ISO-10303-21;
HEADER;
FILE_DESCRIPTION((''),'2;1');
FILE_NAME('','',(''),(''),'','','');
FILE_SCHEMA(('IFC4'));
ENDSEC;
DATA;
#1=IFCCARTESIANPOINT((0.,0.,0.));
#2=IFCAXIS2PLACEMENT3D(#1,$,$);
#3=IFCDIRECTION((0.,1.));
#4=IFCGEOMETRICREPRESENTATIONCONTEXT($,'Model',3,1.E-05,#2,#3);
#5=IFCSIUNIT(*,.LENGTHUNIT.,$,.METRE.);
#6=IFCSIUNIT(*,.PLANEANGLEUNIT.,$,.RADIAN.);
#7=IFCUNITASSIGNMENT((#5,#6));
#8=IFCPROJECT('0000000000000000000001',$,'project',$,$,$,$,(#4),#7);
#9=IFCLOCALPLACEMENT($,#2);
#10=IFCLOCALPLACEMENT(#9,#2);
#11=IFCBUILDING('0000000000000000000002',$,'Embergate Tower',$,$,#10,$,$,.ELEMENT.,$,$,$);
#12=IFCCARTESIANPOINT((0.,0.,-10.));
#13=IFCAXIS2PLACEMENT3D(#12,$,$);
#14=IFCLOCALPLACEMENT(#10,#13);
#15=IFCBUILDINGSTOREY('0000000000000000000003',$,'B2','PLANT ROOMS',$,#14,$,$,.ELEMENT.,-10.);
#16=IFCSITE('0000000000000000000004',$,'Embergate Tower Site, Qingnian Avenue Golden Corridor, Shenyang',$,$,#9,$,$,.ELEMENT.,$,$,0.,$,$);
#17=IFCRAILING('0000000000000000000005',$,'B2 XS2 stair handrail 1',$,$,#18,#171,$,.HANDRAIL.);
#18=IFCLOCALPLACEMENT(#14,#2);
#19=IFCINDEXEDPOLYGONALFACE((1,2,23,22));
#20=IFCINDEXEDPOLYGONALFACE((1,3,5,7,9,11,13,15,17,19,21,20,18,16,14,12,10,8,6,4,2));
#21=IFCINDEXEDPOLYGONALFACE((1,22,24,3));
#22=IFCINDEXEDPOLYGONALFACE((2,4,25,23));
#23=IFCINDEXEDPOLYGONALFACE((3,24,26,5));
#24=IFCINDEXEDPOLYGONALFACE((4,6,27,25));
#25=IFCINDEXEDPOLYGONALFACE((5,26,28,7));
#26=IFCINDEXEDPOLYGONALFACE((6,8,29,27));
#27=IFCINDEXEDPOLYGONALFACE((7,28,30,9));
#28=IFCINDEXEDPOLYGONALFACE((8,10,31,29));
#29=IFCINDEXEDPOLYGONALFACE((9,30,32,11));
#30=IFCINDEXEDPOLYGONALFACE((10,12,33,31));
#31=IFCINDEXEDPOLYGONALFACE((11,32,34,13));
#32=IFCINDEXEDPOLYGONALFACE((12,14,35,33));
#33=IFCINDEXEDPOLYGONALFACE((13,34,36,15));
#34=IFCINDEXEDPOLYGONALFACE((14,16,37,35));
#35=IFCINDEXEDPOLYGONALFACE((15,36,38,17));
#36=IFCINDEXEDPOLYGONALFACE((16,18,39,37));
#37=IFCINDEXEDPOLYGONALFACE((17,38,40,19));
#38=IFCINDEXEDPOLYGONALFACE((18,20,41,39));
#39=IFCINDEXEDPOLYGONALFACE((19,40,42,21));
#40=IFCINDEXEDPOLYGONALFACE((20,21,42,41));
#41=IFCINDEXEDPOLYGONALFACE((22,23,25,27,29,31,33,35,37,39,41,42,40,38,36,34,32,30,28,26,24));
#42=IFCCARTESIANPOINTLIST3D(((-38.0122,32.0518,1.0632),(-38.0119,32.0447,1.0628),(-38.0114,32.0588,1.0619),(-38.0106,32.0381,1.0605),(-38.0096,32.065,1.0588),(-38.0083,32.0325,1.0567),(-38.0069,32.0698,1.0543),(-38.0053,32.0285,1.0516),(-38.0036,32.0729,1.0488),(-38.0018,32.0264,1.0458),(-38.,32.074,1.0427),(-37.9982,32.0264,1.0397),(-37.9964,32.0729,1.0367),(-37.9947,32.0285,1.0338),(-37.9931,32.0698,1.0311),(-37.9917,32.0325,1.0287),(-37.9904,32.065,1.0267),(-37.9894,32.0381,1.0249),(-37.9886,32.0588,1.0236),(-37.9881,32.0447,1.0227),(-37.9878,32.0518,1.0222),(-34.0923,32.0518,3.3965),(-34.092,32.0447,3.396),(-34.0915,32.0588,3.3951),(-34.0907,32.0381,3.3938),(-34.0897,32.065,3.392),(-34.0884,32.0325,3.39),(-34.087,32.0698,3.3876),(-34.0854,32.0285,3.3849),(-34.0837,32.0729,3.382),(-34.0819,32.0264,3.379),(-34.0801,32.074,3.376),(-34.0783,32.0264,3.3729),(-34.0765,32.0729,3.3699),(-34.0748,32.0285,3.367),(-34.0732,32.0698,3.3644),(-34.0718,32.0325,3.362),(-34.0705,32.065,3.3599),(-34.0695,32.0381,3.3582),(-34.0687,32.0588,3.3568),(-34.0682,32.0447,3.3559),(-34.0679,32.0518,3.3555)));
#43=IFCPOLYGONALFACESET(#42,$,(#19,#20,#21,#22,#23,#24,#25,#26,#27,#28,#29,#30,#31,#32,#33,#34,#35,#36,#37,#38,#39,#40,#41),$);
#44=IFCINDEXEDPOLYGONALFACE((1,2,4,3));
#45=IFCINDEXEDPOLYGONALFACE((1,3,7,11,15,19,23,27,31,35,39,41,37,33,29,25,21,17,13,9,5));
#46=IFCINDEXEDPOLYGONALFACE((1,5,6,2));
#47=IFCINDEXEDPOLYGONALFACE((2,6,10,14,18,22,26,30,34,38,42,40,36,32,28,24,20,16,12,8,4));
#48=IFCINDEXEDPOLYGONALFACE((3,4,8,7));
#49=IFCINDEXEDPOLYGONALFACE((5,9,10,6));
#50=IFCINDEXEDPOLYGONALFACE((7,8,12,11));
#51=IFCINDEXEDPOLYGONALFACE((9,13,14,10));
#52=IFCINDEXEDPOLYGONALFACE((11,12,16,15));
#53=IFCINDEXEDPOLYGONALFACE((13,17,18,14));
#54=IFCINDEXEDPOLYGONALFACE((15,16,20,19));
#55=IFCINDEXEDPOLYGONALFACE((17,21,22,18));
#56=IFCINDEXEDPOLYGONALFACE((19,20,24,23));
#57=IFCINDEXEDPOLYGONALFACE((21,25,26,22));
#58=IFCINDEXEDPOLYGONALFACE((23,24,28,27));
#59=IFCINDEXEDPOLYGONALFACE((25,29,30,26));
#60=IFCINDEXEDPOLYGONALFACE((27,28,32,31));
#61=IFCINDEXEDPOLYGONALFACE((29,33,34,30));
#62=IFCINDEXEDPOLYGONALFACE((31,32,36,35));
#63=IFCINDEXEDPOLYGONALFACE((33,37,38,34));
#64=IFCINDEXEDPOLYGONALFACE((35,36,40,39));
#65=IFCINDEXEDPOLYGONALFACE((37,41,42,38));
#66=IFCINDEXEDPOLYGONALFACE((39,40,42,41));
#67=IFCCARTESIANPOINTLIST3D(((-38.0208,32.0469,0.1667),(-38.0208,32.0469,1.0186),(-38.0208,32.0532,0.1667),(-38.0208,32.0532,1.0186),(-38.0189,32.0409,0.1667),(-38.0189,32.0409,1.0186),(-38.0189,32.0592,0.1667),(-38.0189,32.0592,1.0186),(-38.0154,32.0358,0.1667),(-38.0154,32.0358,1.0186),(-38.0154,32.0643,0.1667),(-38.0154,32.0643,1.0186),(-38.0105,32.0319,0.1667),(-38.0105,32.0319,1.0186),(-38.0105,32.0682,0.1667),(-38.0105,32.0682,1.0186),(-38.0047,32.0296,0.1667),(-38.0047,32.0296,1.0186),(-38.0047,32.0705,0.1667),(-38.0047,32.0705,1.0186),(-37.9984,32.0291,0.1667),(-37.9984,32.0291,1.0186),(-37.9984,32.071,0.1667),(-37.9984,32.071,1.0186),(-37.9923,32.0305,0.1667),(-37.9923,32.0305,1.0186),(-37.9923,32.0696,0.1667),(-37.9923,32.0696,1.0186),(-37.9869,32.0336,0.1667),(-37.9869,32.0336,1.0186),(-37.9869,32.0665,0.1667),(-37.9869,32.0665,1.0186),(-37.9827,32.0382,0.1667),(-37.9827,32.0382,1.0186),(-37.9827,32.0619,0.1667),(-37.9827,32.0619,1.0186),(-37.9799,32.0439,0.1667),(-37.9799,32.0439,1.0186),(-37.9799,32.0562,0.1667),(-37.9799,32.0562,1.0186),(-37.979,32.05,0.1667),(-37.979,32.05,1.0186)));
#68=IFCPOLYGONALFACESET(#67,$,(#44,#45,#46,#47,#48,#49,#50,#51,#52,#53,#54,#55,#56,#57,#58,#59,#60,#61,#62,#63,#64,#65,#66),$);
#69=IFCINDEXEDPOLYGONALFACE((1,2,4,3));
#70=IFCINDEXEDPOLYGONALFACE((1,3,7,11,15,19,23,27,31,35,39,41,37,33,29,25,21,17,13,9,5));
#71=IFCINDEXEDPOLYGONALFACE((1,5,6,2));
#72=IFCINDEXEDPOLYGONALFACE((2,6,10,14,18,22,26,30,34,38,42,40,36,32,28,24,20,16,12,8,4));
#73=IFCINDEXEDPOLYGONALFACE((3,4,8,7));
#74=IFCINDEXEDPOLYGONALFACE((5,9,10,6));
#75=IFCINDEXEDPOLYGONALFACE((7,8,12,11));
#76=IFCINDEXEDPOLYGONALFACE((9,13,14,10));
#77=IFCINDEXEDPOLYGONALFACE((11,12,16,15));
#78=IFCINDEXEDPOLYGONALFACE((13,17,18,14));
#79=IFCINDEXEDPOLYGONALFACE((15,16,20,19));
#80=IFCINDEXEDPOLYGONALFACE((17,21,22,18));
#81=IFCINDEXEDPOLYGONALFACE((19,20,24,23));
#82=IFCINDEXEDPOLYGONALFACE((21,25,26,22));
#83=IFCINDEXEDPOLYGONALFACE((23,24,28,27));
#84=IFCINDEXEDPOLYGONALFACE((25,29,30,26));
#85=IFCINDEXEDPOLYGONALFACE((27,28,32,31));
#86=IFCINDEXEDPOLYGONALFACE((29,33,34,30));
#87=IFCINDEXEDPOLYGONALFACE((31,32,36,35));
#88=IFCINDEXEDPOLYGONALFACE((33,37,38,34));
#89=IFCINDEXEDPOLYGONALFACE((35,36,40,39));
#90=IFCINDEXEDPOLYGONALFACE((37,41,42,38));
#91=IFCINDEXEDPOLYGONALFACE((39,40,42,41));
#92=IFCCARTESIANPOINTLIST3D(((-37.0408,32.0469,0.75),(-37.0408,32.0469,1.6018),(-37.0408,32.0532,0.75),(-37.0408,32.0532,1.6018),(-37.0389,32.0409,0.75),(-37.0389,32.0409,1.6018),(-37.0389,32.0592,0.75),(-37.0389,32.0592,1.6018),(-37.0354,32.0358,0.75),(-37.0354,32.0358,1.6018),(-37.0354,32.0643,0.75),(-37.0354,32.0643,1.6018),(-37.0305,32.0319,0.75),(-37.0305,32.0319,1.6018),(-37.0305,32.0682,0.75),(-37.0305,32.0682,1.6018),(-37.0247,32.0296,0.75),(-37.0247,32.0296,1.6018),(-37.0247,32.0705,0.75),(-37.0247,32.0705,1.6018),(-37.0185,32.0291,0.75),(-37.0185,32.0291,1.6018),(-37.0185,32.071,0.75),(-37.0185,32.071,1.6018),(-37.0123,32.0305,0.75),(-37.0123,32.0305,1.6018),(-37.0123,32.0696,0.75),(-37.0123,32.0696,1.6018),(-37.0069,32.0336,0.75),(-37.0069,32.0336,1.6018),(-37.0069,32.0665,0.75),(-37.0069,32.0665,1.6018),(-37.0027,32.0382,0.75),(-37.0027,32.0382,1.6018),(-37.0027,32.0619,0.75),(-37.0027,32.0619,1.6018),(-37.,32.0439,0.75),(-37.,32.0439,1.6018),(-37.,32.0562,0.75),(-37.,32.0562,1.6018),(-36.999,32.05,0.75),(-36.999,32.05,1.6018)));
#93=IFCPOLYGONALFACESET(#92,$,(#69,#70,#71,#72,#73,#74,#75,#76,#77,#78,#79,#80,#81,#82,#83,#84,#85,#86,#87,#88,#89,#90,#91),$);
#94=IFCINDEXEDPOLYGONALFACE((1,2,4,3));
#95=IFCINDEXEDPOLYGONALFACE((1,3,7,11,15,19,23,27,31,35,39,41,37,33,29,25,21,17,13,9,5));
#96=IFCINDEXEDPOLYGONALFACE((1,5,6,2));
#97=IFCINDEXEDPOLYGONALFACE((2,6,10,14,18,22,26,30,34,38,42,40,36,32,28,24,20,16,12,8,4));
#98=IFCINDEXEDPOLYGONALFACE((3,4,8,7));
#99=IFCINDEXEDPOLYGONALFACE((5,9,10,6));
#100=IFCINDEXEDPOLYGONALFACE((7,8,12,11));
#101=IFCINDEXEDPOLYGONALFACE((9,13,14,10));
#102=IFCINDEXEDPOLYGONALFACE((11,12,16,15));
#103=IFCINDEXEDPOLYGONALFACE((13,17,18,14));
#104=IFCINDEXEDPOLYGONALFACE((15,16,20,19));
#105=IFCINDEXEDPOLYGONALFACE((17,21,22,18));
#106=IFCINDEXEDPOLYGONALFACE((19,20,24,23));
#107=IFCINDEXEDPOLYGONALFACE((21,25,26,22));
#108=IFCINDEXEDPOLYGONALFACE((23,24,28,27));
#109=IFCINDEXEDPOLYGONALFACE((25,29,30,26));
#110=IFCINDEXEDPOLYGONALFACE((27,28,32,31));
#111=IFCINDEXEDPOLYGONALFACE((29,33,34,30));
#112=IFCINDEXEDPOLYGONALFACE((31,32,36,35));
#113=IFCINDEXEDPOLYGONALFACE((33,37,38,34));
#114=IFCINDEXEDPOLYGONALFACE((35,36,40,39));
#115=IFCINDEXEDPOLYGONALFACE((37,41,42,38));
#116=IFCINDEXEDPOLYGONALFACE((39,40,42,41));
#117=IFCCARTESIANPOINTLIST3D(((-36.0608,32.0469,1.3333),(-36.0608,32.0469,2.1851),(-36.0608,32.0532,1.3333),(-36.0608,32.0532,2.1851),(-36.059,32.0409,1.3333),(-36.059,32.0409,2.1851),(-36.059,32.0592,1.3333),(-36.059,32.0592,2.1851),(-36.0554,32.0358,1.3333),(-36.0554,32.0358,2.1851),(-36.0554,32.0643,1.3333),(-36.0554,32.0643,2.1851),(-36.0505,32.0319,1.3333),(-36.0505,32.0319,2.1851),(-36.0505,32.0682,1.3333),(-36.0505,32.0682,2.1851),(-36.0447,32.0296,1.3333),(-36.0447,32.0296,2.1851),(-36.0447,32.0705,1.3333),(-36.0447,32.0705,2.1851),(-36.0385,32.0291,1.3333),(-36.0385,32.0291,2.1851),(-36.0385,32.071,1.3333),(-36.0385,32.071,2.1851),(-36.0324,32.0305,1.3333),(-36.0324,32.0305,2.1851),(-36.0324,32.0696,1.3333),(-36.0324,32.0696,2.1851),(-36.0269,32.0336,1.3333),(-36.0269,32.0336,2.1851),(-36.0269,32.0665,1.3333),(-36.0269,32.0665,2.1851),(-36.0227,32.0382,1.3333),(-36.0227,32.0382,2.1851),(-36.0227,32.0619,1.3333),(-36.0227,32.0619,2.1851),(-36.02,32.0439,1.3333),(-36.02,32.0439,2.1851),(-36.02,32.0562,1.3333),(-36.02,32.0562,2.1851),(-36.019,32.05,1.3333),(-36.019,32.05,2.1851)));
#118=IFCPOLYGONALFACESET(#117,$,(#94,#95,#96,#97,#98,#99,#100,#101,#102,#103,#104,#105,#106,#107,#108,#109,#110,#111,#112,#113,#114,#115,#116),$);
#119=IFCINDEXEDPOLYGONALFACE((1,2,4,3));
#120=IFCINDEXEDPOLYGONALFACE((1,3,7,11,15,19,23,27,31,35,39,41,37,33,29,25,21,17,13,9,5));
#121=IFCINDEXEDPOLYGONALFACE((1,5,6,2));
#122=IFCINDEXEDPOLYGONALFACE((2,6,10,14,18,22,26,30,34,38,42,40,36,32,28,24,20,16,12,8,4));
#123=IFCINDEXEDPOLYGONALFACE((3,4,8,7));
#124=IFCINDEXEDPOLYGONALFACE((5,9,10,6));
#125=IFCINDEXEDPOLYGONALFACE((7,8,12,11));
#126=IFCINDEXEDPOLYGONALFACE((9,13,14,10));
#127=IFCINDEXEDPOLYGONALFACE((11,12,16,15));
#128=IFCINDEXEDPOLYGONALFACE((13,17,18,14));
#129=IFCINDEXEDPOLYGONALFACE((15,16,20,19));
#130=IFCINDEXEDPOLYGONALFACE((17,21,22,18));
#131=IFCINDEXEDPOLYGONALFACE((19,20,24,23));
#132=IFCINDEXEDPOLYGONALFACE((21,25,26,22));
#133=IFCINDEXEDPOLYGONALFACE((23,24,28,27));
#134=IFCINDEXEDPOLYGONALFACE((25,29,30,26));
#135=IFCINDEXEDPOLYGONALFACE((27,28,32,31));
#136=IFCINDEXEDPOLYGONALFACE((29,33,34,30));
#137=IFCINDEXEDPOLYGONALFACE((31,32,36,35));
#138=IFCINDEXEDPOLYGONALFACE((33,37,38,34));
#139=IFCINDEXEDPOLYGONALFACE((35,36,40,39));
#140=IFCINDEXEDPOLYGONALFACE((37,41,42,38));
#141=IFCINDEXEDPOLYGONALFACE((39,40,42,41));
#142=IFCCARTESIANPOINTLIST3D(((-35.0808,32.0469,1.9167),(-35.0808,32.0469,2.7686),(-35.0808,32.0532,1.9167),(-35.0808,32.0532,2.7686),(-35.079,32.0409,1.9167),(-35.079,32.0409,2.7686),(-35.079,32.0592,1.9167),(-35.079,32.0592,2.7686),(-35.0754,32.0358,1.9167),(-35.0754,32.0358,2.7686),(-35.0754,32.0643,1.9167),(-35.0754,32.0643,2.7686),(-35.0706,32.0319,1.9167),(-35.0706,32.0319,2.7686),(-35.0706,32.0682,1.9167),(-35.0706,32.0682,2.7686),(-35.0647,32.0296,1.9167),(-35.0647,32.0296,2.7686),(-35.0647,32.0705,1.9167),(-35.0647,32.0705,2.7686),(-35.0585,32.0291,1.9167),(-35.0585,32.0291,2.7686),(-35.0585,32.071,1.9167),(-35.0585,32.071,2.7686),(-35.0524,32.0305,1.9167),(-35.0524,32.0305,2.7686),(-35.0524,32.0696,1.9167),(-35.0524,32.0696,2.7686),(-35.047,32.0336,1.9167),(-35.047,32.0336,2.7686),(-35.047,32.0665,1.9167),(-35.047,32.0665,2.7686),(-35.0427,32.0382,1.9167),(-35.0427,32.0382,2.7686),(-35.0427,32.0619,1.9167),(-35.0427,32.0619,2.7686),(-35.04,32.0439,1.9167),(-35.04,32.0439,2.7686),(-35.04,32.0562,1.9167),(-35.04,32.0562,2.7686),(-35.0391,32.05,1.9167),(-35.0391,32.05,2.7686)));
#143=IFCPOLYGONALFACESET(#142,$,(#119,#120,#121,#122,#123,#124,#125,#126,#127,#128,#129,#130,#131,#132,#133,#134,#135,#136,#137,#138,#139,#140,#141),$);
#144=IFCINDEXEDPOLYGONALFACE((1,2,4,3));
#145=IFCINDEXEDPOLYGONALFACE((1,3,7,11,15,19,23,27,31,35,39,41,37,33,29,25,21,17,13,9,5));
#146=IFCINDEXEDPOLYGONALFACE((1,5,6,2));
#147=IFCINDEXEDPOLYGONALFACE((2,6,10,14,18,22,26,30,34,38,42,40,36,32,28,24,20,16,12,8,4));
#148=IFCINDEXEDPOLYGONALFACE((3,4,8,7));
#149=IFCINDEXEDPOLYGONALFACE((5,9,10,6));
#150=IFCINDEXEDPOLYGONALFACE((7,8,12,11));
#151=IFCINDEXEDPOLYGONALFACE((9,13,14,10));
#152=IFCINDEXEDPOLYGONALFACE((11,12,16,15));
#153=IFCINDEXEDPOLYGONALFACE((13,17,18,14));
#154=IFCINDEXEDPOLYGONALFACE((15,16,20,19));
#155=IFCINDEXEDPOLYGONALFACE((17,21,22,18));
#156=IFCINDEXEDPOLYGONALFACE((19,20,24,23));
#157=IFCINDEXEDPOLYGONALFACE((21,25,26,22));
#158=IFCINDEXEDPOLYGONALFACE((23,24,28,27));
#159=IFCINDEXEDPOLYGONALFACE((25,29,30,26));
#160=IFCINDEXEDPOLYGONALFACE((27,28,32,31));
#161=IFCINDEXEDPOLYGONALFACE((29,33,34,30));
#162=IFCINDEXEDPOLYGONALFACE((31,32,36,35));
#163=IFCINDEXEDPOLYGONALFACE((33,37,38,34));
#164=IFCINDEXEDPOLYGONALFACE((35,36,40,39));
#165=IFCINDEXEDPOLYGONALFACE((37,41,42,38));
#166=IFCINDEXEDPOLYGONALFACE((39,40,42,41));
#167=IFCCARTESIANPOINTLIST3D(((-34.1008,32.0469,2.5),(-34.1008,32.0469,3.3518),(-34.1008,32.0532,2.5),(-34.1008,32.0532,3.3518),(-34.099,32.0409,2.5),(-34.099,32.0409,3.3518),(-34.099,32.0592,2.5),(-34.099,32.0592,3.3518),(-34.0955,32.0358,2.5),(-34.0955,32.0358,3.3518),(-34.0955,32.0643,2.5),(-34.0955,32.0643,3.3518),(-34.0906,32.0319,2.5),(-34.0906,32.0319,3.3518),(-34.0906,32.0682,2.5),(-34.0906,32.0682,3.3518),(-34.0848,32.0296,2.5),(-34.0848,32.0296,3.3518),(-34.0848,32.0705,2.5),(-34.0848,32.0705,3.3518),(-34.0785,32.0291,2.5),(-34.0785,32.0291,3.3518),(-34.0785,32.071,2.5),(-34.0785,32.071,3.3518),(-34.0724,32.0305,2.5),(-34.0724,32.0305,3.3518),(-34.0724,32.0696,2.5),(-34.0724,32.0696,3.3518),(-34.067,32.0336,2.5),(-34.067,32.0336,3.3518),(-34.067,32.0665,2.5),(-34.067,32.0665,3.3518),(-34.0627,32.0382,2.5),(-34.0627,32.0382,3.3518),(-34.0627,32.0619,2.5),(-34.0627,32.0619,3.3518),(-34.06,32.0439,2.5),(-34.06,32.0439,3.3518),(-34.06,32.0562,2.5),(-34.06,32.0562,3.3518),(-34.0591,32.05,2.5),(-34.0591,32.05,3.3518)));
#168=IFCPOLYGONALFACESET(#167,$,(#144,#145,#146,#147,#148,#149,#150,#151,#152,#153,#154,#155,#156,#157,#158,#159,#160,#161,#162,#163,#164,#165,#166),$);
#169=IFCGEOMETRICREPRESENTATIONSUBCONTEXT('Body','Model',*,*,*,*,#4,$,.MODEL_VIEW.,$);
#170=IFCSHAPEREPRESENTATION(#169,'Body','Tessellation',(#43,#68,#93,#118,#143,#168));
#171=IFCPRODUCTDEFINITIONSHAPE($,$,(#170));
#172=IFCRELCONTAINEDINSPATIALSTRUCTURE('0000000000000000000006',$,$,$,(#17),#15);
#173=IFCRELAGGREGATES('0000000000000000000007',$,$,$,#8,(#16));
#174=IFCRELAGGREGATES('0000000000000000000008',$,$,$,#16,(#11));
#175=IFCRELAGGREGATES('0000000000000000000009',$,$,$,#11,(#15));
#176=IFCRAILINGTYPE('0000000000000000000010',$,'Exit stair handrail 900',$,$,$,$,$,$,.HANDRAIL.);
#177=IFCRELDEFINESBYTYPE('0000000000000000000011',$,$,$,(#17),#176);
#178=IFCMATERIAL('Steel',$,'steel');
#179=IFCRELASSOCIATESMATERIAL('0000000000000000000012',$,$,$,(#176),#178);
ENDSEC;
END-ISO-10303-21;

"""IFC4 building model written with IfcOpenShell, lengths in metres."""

from ifc_helpers import new_model, si_unit, direction, frame, origin, origin_2d, place, context, subcontext, project, spatial, circle, extrude, source, transform, mapped, material, type_object, element, save


model = new_model("IFC4")

# Units and contexts
model_context = context("Model", 3, precision=1e-05, world=origin(), true_north=direction((0.0, 1.0)))
body_context = subcontext(model_context, "Body", "Model", "MODEL_VIEW")
ifc_project = project(units=[si_unit("LENGTHUNIT", "METRE"), si_unit("PLANEANGLEUNIT", "RADIAN")], contexts=[model_context])

# Site, building, storey
site_placement = place(None, origin())
site = spatial("IfcSite", under=ifc_project, at=site_placement, Name="Embergate Tower Site, Qingnian Avenue Golden Corridor, Shenyang", CompositionType="ELEMENT", RefElevation=0.0)
building_placement = place(site_placement, origin())
building = spatial("IfcBuilding", under=site, at=building_placement, Name="Embergate Tower", CompositionType="ELEMENT")
storey_placement = place(building_placement, frame((0.0, 0.0, -10.0)))
storey = spatial("IfcBuildingStorey", under=building, at=storey_placement, Name="B2", Description="PLANT ROOMS", CompositionType="ELEMENT", Elevation=-10.0)

# Railing
ifc_material_1 = material(Name="Steel", Category="steel")
railing_type_1 = type_object("IfcRailingType", Name="Exit stair handrail 900", PredefinedType="HANDRAIL", material=ifc_material_1)
shared_shape_1 = source(origin(), body_context, "Body", "SweptSolid", [
    extrude(circle(Radius=0.0239, at=origin_2d()), frame((0.0, 0.0, 0.876), z_axis=(0.859296, 0.0, 0.511478), x_axis=(0.0, 1.0, 0.0)), (0.0, 0.0, 1.0), 4.5618),
    extrude(circle(Radius=0.021, at=origin_2d()), origin(), (0.0, 0.0, 1.0), 0.8518),
    extrude(circle(Radius=0.021, at=origin_2d()), frame((0.98, 0.0, 0.5833)), (0.0, 0.0, 1.0), 0.8518),
    extrude(circle(Radius=0.021, at=origin_2d()), frame((1.96, 0.0, 1.1665)), (0.0, 0.0, 1.0), 0.8518),
    extrude(circle(Radius=0.021, at=origin_2d()), frame((2.9399, 0.0, 1.75)), (0.0, 0.0, 1.0), 0.8518),
    extrude(circle(Radius=0.021, at=origin_2d()), frame((3.9199, 0.0, 2.3333)), (0.0, 0.0, 1.0), 0.8518),
])
railing_1_placement = place(storey_placement, frame((-38.0, 32.05, 0.1667)))
element("IfcRailing", 1, at=railing_1_placement, inside=storey, type_object=railing_type_1, Name="B2 XS2 stair handrail 1", PredefinedType="HANDRAIL", context=body_context, shape_type="MappedRepresentation", body=[
    mapped(shared_shape_1, transform((0.0, 0.0, 0.0))),
])

save(model, "model.ifc")
